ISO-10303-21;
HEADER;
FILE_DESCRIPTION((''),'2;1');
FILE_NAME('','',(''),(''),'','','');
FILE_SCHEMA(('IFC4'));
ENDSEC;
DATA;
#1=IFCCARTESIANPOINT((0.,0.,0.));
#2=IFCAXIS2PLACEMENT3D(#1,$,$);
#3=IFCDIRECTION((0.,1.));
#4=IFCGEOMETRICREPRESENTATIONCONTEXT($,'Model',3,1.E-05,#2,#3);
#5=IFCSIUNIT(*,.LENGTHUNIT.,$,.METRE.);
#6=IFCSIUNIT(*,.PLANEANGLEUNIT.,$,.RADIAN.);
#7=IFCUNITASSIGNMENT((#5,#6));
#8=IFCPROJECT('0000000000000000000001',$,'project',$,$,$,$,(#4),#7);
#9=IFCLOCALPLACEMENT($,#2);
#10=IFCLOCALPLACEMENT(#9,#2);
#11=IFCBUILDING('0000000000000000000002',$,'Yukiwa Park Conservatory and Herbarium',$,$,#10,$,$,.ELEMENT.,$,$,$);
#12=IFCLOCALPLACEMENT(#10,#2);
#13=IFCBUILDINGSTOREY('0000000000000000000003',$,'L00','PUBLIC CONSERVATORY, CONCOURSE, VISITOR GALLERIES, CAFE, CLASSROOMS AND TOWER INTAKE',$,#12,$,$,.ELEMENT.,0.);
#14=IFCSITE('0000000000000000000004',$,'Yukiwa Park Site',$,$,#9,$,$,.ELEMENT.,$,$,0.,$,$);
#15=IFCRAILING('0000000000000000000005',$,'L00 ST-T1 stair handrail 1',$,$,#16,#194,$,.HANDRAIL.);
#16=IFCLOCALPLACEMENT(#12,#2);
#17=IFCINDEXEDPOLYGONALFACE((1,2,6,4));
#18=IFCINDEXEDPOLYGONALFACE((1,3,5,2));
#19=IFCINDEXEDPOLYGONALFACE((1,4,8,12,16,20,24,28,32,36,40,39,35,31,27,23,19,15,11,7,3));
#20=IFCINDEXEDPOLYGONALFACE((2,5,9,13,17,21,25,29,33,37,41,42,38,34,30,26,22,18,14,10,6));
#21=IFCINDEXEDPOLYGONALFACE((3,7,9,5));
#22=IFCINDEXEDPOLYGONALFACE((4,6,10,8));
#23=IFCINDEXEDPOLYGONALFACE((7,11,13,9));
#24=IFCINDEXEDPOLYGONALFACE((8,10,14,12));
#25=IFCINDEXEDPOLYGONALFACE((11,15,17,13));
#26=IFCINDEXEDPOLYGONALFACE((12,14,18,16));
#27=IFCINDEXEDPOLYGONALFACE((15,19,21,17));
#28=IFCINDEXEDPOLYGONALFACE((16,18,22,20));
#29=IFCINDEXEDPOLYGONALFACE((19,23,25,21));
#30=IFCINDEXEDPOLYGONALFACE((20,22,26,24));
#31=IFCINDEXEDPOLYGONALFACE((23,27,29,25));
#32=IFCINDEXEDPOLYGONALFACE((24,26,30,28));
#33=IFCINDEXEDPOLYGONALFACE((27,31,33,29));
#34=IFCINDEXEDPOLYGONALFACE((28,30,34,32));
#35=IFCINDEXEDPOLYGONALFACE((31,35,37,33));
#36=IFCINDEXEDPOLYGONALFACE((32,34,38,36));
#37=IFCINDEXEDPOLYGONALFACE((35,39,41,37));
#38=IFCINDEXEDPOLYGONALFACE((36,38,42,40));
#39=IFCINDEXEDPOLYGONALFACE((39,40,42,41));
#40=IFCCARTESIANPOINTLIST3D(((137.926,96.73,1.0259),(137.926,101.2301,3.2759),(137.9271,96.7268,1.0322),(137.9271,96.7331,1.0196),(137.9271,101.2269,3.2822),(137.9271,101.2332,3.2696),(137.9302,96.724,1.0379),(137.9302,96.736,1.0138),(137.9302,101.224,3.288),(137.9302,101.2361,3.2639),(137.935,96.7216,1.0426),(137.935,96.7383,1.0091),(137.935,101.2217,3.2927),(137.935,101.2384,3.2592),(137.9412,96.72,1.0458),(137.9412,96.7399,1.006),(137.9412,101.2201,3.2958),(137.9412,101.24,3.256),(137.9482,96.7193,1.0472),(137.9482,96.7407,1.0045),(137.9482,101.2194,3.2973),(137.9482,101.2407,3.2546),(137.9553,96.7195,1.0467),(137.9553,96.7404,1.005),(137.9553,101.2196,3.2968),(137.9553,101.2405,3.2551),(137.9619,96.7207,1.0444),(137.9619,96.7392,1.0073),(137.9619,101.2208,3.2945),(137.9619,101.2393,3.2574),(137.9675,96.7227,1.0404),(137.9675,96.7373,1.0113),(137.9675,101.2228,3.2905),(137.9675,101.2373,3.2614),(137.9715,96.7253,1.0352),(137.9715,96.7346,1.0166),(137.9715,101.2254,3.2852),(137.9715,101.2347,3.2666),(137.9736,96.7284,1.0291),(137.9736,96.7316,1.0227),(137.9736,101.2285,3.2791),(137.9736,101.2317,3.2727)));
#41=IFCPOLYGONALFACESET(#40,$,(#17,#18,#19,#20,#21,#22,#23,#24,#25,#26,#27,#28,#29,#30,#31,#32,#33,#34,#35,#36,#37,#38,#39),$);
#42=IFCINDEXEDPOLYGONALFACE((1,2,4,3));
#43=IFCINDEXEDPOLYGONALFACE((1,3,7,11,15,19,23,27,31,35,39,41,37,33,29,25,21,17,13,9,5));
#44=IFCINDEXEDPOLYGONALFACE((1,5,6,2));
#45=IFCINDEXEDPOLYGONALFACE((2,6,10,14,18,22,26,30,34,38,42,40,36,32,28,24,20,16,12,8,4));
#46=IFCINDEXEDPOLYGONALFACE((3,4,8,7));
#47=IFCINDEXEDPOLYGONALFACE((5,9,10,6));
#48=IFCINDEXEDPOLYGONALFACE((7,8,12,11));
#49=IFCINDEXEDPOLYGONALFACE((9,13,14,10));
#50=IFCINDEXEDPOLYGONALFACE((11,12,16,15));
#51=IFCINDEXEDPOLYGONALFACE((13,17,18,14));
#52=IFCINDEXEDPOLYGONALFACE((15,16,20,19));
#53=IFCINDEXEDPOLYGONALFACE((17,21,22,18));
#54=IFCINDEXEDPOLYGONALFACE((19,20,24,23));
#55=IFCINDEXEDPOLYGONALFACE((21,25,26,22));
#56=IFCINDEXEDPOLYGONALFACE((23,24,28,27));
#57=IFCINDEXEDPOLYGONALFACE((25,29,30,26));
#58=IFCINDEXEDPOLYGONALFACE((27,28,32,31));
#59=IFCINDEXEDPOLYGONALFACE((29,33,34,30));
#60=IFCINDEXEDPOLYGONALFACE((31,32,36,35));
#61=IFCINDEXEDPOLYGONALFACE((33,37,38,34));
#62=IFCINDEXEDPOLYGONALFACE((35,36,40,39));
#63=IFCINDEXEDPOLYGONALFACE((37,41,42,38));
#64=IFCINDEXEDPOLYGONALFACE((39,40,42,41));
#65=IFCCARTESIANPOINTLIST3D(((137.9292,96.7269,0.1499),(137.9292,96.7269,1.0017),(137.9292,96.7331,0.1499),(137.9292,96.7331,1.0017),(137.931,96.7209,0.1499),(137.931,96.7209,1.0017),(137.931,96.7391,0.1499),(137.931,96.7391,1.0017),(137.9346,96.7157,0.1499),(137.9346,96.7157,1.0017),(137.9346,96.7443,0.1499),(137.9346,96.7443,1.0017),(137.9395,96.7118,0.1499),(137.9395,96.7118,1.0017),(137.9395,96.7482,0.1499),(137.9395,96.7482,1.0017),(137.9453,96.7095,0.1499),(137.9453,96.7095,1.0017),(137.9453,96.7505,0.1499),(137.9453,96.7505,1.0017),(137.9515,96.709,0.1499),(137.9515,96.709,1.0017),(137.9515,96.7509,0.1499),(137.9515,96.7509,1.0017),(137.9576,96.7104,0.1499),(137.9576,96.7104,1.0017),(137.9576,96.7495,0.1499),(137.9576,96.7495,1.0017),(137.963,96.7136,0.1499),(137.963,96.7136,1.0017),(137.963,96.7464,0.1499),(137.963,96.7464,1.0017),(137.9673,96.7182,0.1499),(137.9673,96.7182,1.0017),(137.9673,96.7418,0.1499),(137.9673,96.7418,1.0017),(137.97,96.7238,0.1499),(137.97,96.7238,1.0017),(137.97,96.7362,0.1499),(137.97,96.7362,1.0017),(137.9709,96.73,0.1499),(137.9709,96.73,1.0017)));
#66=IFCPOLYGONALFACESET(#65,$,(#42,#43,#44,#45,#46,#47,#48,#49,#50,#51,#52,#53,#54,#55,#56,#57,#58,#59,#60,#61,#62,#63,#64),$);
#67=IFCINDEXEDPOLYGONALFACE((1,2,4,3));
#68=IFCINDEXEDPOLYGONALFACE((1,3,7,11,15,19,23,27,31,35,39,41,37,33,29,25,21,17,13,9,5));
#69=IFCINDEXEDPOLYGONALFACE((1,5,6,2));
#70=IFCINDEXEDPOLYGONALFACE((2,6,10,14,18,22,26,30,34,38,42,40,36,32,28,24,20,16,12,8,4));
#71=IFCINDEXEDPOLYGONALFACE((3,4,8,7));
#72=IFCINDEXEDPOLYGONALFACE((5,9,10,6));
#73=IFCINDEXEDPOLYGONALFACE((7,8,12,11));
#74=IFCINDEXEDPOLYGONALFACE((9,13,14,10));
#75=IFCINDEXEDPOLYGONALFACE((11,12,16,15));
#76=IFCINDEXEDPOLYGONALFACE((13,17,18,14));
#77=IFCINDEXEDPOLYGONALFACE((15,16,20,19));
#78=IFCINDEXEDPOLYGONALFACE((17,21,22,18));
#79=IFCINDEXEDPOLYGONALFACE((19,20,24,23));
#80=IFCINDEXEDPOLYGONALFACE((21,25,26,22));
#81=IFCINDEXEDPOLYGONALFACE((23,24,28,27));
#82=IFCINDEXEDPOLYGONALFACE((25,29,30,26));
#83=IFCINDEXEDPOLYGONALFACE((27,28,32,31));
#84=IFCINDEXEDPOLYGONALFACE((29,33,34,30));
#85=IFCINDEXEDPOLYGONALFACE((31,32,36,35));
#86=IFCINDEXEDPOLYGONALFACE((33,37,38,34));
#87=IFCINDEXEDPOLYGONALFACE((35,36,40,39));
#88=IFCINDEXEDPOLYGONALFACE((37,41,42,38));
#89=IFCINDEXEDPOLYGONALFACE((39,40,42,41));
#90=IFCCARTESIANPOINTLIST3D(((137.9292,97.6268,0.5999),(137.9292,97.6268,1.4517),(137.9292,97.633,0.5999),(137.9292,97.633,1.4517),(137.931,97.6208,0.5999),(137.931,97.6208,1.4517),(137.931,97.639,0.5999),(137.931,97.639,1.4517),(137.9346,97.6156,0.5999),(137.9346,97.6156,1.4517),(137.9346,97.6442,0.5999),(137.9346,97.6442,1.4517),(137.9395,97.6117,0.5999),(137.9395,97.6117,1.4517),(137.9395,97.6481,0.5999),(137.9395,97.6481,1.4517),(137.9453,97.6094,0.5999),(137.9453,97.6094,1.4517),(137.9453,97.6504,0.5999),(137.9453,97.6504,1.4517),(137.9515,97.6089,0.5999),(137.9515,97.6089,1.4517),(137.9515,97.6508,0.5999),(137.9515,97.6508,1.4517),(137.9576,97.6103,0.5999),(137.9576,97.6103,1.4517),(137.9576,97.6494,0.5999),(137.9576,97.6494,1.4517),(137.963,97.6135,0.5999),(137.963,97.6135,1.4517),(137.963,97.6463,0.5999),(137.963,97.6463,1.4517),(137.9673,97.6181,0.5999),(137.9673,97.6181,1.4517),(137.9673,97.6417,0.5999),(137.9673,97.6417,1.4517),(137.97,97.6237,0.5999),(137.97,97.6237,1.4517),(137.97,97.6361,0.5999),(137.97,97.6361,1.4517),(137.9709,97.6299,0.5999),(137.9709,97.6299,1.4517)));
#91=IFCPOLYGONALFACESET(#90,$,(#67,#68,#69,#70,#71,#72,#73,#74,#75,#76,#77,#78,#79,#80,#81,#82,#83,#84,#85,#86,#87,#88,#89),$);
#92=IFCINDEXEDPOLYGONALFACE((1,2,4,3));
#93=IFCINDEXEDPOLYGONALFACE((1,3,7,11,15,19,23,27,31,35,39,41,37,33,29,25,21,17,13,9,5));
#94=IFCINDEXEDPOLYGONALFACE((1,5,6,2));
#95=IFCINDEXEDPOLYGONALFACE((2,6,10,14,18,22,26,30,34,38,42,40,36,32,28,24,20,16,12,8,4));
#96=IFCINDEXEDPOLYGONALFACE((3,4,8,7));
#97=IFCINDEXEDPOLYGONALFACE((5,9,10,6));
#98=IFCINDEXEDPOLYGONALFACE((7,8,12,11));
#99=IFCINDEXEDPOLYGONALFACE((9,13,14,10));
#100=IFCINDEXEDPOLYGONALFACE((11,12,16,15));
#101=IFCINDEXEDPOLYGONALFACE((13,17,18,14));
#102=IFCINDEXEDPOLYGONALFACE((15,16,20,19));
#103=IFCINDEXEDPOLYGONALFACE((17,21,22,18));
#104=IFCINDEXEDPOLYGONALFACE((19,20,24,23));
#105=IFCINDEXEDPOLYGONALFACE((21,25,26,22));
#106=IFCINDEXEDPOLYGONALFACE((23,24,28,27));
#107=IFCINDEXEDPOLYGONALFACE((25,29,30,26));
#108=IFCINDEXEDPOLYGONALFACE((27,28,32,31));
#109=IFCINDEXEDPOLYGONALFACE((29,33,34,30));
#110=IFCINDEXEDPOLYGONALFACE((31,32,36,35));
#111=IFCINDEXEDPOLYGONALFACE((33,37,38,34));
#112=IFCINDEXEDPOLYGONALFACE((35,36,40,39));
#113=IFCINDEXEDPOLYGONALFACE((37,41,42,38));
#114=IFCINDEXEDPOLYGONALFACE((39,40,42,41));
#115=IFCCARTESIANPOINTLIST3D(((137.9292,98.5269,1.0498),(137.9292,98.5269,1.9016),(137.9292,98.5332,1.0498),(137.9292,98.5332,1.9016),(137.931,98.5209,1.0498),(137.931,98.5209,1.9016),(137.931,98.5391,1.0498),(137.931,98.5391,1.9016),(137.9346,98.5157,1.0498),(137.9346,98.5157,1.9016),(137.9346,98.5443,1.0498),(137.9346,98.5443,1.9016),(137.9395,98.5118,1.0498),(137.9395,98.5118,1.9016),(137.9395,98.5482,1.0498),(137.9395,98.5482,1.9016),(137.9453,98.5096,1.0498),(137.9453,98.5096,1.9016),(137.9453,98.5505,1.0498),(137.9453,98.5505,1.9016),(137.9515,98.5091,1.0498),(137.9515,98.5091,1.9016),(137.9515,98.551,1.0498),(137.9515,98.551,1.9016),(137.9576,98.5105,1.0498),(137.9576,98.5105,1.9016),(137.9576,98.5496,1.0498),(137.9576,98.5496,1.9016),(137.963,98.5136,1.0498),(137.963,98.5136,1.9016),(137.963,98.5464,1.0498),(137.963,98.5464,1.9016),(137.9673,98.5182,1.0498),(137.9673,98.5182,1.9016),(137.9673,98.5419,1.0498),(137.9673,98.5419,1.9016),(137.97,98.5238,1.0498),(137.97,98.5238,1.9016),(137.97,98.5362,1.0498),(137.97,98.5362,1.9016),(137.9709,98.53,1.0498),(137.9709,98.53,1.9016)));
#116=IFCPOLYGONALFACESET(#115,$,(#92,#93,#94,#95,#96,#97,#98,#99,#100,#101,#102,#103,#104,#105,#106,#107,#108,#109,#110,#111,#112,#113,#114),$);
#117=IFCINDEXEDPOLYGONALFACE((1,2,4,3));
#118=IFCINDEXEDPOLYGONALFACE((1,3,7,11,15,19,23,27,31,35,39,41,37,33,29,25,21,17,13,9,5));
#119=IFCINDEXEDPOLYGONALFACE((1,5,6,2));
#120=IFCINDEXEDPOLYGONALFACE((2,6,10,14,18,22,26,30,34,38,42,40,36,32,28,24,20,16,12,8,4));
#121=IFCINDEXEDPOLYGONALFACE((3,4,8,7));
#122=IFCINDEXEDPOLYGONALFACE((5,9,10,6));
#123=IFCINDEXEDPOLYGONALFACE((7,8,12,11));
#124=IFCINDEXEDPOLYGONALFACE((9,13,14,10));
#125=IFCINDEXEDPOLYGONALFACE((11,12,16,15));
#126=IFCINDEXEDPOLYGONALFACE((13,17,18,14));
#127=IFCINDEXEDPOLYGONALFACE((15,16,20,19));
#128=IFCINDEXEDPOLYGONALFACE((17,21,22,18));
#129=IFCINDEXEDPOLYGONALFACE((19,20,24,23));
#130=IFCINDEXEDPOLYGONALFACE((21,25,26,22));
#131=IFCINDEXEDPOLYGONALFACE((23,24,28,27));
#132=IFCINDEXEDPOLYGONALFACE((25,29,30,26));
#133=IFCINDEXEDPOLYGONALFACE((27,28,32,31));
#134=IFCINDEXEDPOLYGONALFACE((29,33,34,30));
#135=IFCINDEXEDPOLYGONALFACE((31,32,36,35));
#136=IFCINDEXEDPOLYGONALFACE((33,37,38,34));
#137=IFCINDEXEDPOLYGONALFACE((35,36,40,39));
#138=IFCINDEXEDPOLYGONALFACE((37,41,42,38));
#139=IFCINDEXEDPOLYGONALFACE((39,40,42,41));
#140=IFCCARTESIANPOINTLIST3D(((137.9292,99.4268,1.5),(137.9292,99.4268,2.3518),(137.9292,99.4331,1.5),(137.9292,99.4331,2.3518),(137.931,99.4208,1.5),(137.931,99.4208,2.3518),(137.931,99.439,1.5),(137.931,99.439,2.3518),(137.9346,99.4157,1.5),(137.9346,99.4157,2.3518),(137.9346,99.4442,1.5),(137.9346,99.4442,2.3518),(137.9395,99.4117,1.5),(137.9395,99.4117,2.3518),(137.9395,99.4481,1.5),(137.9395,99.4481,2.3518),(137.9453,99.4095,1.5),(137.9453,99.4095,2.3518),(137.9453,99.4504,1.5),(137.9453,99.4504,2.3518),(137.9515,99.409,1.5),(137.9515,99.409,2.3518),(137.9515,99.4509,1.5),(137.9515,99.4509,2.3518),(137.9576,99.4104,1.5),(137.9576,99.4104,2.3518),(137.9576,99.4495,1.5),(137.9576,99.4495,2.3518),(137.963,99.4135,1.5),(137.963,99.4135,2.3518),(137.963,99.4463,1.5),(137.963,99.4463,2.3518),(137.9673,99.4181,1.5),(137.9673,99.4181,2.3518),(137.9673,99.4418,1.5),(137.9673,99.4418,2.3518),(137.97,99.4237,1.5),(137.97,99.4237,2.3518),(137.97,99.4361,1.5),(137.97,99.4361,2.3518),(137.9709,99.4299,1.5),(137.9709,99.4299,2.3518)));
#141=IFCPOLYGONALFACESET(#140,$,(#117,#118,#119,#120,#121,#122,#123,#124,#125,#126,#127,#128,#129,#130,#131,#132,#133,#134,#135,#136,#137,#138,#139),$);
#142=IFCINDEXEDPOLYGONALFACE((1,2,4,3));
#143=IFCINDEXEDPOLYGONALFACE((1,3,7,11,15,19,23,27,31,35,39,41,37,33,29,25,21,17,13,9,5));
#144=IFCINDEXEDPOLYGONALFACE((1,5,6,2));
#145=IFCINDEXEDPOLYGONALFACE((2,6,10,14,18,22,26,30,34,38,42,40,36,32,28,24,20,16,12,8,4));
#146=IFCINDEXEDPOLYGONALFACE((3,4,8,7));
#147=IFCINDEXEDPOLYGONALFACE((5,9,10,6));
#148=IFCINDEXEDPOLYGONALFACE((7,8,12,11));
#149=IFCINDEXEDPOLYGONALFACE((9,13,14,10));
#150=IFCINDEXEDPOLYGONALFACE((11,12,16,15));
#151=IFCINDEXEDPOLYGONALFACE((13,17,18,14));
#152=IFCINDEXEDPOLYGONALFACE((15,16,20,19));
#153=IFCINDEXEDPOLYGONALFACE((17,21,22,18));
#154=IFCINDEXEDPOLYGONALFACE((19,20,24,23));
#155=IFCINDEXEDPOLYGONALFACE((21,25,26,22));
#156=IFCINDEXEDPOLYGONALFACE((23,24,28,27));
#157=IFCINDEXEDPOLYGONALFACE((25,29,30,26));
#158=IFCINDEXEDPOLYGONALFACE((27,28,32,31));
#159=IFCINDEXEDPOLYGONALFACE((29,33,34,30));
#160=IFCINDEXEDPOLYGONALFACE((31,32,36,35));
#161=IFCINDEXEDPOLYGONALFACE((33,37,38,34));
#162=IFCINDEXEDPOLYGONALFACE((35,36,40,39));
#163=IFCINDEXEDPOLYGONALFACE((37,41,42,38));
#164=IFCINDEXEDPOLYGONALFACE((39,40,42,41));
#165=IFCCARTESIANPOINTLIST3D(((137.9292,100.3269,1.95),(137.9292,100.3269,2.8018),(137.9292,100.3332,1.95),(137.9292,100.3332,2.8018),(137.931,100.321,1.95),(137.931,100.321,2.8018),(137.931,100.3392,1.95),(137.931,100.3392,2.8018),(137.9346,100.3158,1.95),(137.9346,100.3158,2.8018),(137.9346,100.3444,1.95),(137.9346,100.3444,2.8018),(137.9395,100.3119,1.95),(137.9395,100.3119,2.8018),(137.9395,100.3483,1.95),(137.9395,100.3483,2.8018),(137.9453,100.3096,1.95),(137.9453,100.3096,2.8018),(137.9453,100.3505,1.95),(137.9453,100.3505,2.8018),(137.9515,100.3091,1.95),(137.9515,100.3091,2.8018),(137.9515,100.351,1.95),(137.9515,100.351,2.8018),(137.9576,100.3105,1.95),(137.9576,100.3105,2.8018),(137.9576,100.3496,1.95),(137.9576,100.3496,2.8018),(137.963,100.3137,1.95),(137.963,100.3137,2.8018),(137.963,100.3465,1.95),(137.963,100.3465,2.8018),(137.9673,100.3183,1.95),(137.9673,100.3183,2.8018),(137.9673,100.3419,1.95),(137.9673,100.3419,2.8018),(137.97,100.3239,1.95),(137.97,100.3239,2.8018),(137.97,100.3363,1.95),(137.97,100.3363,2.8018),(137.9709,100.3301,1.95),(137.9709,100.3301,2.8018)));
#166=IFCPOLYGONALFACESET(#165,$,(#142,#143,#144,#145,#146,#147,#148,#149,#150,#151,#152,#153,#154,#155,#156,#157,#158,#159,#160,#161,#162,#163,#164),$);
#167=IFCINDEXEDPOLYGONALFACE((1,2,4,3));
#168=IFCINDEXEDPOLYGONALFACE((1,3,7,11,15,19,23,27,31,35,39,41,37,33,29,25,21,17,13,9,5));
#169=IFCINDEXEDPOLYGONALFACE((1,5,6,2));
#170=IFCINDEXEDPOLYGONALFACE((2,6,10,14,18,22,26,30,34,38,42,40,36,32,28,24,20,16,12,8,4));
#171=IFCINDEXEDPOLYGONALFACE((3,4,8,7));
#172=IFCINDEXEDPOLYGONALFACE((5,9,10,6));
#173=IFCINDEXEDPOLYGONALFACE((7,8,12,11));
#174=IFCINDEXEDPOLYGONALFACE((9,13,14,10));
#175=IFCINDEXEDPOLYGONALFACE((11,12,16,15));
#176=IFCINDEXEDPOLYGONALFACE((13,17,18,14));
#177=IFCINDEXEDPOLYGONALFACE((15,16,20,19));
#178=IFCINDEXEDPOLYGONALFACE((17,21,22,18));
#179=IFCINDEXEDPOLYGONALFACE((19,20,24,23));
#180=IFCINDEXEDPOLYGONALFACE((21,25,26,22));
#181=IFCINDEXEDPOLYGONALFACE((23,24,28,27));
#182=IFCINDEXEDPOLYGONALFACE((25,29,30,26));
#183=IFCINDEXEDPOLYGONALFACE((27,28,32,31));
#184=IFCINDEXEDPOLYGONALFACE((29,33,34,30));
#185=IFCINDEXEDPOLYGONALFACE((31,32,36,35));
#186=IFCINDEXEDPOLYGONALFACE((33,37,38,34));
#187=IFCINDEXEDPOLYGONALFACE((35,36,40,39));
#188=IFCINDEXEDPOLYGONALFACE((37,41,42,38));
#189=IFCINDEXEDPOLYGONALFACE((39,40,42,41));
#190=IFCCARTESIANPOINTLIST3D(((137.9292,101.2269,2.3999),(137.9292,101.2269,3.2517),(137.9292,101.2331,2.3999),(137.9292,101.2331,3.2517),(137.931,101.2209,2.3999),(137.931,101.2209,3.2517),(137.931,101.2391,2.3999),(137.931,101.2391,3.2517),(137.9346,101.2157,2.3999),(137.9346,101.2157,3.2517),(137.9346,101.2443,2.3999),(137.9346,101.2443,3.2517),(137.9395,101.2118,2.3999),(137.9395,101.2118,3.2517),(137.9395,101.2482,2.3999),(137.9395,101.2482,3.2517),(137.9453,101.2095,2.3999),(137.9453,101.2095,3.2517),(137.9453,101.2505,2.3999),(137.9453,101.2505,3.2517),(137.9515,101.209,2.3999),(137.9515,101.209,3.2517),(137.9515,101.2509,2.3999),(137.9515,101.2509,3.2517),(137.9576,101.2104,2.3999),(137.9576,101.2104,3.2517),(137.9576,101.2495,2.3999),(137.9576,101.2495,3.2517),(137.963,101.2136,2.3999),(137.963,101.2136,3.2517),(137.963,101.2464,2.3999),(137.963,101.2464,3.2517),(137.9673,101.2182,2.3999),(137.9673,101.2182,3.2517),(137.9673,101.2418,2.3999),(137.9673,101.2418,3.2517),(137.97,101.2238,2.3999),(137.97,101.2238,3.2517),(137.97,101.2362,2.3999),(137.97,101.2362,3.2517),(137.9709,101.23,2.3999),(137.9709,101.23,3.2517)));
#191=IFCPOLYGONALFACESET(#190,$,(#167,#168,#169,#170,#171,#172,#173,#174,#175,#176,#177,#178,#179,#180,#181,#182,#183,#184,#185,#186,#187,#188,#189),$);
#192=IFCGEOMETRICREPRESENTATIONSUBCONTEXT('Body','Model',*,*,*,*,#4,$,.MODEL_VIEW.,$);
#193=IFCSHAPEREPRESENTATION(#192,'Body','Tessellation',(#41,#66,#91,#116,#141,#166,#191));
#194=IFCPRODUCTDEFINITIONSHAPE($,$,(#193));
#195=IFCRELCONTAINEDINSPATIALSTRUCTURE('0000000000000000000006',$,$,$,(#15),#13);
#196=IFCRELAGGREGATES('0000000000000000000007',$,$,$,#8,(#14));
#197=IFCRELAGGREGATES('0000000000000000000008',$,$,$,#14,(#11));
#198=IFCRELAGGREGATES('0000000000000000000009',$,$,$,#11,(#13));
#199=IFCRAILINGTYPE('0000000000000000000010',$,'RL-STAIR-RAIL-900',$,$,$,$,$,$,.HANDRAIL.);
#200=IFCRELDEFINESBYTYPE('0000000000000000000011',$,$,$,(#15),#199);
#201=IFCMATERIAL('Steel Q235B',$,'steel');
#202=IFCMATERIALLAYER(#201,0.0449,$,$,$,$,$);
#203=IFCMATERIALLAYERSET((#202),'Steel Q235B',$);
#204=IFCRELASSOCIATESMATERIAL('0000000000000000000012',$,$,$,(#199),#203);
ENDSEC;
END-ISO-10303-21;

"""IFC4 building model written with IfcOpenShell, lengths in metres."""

from ifc_helpers import new_model, si_unit, direction, frame, origin, origin_2d, place, context, subcontext, project, spatial, circle, extrude, material, layer, layer_set, type_object, element, save


model = new_model("IFC4")

# Units and contexts
model_context = context("Model", 3, precision=1e-05, world=origin(), true_north=direction((0.0, 1.0)))
body_context = subcontext(model_context, "Body", "Model", "MODEL_VIEW")
ifc_project = project(units=[si_unit("LENGTHUNIT", "METRE"), si_unit("PLANEANGLEUNIT", "RADIAN")], contexts=[model_context])

# Site, building, storey
site_placement = place(None, origin())
site = spatial("IfcSite", under=ifc_project, at=site_placement, Name="Yukiwa Park Site", CompositionType="ELEMENT", RefElevation=0.0)
building_placement = place(site_placement, origin())
building = spatial("IfcBuilding", under=site, at=building_placement, Name="Yukiwa Park Conservatory and Herbarium", CompositionType="ELEMENT")
storey_placement = place(building_placement, origin())
storey = spatial("IfcBuildingStorey", under=building, at=storey_placement, Name="L00", Description="PUBLIC CONSERVATORY, CONCOURSE, VISITOR GALLERIES, CAFE, CLASSROOMS AND TOWER INTAKE", CompositionType="ELEMENT", Elevation=0.0)

# Railing
ifc_material_1 = material(Name="Steel Q235B", Category="steel")
ifc_layer_1 = layer(ifc_material_1, 0.0449)
ifc_layer_set_1 = layer_set([ifc_layer_1], Name="Steel Q235B")
railing_type_1 = type_object("IfcRailingType", Name="RL-STAIR-RAIL-900", PredefinedType="HANDRAIL", material=ifc_layer_set_1)
railing_1_placement = place(storey_placement, frame((137.95, 96.73, 0.1499)))
element("IfcRailing", 1, at=railing_1_placement, inside=storey, type_object=railing_type_1, Name="L00 ST-T1 stair handrail 1", PredefinedType="HANDRAIL", context=body_context, shape_type="SweptSolid", body=[
    extrude(circle(Radius=0.0239, at=origin_2d()), frame((0.0, 0.0, 0.876), z_axis=(0.0, 0.894427, 0.447214), x_axis=(-1.0, 0.0, 0.0)), (0.0, 0.0, 1.0), 5.0312),
    extrude(circle(Radius=0.021, at=origin_2d()), origin(), (0.0, 0.0, 1.0), 0.8518),
    extrude(circle(Radius=0.021, at=origin_2d()), frame((0.0, 0.8999, 0.45)), (0.0, 0.0, 1.0), 0.8518),
    extrude(circle(Radius=0.021, at=origin_2d()), frame((0.0, 1.8, 0.8999)), (0.0, 0.0, 1.0), 0.8518),
    extrude(circle(Radius=0.021, at=origin_2d()), frame((0.0, 2.7, 1.3501)), (0.0, 0.0, 1.0), 0.8518),
    extrude(circle(Radius=0.021, at=origin_2d()), frame((0.0, 3.6001, 1.8)), (0.0, 0.0, 1.0), 0.8518),
    extrude(circle(Radius=0.021, at=origin_2d()), frame((0.0, 4.5, 2.25)), (0.0, 0.0, 1.0), 0.8518),
])

save(model, "model.ifc")
